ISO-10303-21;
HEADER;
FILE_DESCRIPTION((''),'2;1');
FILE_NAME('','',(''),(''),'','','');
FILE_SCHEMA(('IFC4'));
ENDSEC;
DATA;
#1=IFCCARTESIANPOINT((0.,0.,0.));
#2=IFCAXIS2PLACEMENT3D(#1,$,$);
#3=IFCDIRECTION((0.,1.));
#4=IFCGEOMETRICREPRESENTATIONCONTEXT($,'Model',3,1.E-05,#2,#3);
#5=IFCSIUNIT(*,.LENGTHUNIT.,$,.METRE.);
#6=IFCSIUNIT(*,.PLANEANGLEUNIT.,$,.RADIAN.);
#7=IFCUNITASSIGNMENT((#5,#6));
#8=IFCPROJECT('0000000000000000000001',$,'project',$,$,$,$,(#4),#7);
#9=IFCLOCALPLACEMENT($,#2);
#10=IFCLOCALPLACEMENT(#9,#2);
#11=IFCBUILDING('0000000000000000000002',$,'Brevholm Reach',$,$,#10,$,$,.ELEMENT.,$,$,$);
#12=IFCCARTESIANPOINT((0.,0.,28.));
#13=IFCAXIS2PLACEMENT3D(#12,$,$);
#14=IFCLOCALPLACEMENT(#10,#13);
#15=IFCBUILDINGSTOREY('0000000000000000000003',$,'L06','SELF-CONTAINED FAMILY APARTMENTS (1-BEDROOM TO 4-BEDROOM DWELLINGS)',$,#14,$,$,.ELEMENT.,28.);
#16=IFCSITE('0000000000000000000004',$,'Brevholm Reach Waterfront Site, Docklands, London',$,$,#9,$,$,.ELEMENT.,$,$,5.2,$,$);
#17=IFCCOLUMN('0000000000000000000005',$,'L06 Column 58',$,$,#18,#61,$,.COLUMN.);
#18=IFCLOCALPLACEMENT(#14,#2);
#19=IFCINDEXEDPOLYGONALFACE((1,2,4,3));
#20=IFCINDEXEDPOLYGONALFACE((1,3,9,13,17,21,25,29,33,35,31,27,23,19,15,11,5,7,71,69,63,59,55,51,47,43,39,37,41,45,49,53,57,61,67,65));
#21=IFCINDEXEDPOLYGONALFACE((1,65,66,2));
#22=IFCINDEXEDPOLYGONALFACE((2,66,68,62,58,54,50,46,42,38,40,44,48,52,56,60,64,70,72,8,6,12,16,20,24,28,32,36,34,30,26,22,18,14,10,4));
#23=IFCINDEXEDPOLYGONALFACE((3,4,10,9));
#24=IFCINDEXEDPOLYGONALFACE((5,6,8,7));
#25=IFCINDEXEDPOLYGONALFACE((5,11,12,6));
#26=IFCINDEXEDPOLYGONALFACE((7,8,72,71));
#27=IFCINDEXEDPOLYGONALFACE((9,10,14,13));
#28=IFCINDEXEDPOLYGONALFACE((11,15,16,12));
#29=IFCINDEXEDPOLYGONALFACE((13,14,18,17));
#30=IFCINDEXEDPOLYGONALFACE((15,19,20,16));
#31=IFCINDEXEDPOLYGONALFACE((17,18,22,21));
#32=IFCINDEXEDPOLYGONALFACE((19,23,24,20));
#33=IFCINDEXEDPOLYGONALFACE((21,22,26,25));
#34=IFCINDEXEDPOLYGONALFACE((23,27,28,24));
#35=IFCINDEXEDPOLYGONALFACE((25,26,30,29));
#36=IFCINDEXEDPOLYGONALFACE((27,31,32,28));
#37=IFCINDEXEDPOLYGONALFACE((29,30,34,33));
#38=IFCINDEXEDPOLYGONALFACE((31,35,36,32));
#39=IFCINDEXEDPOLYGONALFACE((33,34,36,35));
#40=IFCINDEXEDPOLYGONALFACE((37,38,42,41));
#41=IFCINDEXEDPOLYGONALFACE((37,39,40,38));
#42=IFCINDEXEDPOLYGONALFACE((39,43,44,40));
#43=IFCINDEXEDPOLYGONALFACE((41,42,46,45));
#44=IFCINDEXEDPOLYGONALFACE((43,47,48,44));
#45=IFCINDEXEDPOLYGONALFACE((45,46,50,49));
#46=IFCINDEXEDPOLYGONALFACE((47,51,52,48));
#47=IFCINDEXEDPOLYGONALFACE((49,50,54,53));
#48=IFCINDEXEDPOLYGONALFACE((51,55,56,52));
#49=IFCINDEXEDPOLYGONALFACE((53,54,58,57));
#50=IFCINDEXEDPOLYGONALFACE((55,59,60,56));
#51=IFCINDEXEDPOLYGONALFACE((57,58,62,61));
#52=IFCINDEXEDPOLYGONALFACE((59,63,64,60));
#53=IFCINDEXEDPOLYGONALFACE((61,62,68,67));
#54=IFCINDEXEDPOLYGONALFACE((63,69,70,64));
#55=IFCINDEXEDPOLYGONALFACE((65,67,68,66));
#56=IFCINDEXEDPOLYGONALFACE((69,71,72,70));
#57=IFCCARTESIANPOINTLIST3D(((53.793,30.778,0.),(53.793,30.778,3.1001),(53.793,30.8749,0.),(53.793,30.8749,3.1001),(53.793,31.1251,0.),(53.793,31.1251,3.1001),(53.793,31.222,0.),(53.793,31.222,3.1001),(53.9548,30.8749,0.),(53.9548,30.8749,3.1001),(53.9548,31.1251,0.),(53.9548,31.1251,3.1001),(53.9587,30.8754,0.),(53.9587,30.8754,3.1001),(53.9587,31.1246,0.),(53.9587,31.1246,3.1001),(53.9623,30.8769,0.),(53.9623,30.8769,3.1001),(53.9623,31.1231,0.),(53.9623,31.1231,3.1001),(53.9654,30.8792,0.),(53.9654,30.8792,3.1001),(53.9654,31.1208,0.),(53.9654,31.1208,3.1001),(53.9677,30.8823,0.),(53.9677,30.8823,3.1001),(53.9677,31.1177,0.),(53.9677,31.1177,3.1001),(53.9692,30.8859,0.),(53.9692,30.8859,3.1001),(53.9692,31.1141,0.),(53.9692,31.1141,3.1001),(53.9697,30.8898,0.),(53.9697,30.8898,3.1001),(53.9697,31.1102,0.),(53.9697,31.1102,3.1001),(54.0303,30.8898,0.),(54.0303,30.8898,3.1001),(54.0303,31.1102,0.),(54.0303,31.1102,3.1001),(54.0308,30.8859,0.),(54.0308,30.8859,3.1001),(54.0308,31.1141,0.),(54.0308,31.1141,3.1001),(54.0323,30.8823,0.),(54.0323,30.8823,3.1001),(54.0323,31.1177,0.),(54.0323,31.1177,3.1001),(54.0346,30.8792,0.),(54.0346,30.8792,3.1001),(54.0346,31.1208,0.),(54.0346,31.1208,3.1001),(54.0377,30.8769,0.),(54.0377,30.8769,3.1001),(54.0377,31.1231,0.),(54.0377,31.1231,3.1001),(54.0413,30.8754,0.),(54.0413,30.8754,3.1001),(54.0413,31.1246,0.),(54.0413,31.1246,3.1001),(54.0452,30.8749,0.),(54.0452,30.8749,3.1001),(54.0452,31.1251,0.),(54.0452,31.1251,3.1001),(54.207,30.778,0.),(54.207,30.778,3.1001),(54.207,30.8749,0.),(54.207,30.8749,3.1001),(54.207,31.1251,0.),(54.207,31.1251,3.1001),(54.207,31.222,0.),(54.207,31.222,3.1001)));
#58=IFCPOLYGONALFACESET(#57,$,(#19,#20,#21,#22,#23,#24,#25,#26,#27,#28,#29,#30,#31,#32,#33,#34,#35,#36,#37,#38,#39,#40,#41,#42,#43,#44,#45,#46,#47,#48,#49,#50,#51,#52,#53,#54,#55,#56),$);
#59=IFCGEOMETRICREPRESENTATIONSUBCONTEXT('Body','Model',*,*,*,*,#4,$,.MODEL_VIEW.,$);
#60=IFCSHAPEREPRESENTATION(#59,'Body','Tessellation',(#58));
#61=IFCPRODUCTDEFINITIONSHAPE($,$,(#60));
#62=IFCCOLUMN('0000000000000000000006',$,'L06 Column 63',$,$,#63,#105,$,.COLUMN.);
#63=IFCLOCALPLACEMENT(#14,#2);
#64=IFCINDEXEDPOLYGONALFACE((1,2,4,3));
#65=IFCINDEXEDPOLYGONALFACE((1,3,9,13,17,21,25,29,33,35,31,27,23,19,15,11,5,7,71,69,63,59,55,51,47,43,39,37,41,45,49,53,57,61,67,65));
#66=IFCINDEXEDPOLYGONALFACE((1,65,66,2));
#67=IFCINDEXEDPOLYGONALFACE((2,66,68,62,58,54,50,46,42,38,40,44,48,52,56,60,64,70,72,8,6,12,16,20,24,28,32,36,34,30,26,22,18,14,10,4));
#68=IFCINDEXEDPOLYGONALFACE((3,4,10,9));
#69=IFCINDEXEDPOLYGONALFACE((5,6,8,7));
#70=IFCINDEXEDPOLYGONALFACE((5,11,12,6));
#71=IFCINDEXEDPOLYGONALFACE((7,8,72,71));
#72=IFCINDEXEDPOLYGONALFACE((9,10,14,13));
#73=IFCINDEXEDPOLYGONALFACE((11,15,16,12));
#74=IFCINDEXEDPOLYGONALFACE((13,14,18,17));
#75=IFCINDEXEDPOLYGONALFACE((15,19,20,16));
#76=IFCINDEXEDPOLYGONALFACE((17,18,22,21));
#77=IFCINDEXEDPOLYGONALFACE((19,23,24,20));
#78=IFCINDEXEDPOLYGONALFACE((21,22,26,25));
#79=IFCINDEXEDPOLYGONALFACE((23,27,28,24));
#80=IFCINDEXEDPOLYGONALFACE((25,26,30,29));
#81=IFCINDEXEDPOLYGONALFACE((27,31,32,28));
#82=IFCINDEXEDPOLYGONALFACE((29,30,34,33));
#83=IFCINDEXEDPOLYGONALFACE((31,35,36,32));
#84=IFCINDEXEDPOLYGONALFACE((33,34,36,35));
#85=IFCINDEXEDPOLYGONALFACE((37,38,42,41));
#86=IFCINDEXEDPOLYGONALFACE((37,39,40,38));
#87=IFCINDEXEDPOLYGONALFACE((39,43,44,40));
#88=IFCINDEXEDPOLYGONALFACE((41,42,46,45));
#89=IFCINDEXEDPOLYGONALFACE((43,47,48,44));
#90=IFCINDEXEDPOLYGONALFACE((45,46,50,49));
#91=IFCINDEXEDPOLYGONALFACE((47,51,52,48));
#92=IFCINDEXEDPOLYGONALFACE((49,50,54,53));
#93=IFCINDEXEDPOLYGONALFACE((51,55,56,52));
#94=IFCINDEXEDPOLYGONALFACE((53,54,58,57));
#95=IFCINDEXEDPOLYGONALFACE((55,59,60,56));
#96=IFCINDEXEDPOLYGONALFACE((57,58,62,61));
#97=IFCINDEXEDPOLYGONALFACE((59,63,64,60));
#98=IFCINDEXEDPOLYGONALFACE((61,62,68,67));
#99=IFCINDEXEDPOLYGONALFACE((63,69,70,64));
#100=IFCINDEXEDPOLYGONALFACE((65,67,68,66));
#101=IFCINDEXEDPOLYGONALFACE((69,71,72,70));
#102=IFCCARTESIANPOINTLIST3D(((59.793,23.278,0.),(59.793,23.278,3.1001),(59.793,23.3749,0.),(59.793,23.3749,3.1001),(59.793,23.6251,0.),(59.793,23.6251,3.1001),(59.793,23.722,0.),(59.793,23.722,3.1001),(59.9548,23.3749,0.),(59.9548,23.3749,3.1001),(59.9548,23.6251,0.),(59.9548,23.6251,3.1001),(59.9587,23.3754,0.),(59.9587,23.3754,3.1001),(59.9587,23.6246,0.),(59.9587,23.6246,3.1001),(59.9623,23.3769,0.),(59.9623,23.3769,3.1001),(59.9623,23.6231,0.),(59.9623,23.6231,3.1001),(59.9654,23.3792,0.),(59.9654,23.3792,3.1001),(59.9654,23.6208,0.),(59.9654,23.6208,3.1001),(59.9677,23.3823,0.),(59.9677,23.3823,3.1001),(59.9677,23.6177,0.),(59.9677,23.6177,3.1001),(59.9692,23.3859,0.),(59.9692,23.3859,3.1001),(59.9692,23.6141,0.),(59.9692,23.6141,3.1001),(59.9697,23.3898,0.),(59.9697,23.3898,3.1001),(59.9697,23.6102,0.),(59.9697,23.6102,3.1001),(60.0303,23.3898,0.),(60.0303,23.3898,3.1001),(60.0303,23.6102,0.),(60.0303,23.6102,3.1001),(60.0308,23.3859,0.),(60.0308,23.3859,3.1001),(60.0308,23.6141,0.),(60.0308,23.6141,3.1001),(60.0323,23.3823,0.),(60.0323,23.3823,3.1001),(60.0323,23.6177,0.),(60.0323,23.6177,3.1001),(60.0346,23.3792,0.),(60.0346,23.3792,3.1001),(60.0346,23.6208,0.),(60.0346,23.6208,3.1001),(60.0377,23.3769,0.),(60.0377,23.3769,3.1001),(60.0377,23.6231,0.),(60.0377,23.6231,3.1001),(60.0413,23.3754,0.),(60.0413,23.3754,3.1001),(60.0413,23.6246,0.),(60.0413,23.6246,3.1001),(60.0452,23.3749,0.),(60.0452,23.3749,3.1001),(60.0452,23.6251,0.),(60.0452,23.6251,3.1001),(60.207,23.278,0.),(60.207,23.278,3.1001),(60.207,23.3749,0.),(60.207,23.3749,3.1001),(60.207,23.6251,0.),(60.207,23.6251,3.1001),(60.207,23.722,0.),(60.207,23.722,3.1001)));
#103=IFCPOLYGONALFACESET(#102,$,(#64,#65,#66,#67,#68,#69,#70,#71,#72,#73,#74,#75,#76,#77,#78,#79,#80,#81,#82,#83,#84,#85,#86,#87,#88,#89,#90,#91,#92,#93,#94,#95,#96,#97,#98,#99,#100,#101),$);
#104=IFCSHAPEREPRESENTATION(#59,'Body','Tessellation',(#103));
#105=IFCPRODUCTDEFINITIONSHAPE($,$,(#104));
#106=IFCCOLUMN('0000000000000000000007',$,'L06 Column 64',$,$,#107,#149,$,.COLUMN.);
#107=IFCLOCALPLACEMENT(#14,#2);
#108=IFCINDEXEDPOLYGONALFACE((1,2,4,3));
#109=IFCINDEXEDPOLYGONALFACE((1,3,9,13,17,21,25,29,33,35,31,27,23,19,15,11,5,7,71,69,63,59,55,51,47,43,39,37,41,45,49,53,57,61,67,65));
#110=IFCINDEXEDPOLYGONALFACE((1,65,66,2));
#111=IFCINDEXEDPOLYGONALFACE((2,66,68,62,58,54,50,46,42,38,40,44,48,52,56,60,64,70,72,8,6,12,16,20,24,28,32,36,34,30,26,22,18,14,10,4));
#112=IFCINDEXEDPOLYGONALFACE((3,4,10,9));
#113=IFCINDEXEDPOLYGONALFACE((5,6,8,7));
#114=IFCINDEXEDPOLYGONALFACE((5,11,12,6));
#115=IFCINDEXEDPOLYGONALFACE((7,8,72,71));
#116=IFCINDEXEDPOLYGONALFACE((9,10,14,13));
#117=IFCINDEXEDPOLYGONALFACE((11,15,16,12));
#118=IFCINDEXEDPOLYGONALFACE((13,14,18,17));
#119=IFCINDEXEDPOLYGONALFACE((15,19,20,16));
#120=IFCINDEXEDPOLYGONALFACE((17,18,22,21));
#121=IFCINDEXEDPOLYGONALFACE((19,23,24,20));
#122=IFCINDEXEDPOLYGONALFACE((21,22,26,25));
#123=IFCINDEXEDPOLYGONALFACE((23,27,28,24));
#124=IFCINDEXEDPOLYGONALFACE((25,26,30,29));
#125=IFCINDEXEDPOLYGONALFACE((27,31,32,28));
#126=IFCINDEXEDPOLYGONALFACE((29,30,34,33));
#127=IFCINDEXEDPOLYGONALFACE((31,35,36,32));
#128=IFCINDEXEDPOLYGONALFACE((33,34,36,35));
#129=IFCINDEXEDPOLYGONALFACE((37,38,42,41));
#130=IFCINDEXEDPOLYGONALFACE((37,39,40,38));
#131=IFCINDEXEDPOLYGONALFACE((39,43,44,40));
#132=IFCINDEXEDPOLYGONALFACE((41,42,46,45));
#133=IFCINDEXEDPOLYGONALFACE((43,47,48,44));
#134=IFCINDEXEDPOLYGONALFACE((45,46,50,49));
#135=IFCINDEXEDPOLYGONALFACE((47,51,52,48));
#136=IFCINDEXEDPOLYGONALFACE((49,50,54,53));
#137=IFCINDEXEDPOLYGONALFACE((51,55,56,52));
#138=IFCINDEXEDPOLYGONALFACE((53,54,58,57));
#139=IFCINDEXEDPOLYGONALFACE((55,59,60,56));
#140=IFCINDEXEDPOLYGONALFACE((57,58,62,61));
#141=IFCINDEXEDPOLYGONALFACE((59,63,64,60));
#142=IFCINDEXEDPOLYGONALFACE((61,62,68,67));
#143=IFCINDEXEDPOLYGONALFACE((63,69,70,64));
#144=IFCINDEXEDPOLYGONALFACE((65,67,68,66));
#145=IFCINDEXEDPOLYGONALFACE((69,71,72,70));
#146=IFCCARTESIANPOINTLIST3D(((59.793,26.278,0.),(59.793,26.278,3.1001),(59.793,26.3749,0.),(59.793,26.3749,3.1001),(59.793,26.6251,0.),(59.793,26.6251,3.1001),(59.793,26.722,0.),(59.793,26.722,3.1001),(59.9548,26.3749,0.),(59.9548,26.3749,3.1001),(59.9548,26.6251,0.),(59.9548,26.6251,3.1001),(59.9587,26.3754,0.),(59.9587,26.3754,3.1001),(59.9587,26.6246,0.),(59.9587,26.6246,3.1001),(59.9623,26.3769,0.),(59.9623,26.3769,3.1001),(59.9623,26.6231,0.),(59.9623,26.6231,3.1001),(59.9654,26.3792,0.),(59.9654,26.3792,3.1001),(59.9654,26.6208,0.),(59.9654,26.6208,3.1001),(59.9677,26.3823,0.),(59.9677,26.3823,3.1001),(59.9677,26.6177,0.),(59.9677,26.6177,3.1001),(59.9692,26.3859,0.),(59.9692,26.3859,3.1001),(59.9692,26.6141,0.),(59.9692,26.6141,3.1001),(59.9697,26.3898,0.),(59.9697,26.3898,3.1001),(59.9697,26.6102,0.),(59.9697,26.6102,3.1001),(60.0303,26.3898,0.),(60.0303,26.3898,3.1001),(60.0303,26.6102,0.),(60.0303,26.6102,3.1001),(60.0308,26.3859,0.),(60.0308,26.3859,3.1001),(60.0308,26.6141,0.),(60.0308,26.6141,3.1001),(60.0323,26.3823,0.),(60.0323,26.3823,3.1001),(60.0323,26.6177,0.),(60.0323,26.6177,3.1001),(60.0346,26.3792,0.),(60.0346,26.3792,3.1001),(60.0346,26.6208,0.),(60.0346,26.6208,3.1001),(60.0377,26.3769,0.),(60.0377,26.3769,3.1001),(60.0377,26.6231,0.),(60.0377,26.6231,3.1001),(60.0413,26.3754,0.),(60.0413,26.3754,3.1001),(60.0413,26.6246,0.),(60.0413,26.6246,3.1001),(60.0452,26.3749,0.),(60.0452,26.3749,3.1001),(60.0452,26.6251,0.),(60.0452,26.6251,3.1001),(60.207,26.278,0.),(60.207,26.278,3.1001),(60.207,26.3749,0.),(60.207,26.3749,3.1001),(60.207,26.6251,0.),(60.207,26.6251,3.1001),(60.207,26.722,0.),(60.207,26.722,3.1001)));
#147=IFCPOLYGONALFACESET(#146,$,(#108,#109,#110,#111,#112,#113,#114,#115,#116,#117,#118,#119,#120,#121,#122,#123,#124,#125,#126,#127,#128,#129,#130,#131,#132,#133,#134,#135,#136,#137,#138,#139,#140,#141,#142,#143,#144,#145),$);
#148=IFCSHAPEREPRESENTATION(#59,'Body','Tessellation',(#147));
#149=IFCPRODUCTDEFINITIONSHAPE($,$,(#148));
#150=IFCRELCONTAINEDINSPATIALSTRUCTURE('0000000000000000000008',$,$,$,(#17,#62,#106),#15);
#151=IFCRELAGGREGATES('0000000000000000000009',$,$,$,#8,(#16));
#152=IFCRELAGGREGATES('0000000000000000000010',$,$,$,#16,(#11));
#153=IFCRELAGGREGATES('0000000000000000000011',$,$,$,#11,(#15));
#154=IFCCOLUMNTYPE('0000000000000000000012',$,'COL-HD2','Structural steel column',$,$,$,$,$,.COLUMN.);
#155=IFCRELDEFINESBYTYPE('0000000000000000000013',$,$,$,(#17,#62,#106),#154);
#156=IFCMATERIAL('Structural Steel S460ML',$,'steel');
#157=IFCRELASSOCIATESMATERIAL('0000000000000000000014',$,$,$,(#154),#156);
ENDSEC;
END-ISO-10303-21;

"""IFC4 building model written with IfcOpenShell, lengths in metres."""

from ifc_helpers import new_model, si_unit, direction, frame, origin, origin_2d, place, context, subcontext, project, spatial, i_section, extrude, material, material_profile, profile_set, type_object, element, save


model = new_model("IFC4")

# Units and contexts
model_context = context("Model", 3, precision=1e-05, world=origin(), true_north=direction((0.0, 1.0)))
body_context = subcontext(model_context, "Body", "Model", "MODEL_VIEW")
ifc_project = project(units=[si_unit("LENGTHUNIT", "METRE"), si_unit("PLANEANGLEUNIT", "RADIAN")], contexts=[model_context])

# Site, building, storey
site_placement = place(None, origin())
site = spatial("IfcSite", under=ifc_project, at=site_placement, Name="Brevholm Reach Waterfront Site, Docklands, London", CompositionType="ELEMENT", RefElevation=5.2)
building_placement = place(site_placement, origin())
building = spatial("IfcBuilding", under=site, at=building_placement, Name="Brevholm Reach", CompositionType="ELEMENT")
storey_placement = place(building_placement, frame((0.0, 0.0, 28.0)))
storey = spatial("IfcBuildingStorey", under=building, at=storey_placement, Name="L06", Description="SELF-CONTAINED FAMILY APARTMENTS (1-BEDROOM TO 4-BEDROOM DWELLINGS)", CompositionType="ELEMENT", Elevation=28.0)

# Columns
ifc_material_1 = material(Name="Structural Steel S460ML", Category="steel")
ifc_material_profile_1 = material_profile(ifc_material_1, i_section(OverallWidth=0.4141, OverallDepth=0.4441, WebThickness=0.0605, FlangeThickness=0.0969, FilletRadius=0.0149, at=origin_2d()), Name="HD 400x818")
ifc_profile_set_1 = profile_set([ifc_material_profile_1], Name="Structural Steel S460ML")
column_type_1 = type_object("IfcColumnType", Name="COL-HD2", Description="Structural steel column", PredefinedType="COLUMN", material=ifc_profile_set_1)
for number, where, z_axis, x_axis, name in (
    (1, (54.0, 31.0, 0.0), (0.0, 0.0, 1.0), (1.0, 0.0, 0.0), "L06 Column 58"),
    (2, (60.0, 23.5, 0.0), (0.0, 0.0, 1.0), (1.0, 0.0, 0.0), "L06 Column 63"),
    (3, (60.0, 26.5, 0.0), (0.0, 0.0, 1.0), (1.0, 0.0, 0.0), "L06 Column 64"),
):
    element("IfcColumn", number, at=place(storey_placement, frame(where, z_axis=z_axis, x_axis=x_axis)), inside=storey, type_object=column_type_1, Name=name, PredefinedType="COLUMN", context=body_context, shape_type="SweptSolid", body=[
        extrude(i_section(OverallWidth=0.4141, OverallDepth=0.4441, WebThickness=0.0605, FlangeThickness=0.0969, FilletRadius=0.0149, at=origin_2d()), origin(), (0.0, 0.0, 1.0), 3.1001),
    ])

save(model, "model.ifc")
